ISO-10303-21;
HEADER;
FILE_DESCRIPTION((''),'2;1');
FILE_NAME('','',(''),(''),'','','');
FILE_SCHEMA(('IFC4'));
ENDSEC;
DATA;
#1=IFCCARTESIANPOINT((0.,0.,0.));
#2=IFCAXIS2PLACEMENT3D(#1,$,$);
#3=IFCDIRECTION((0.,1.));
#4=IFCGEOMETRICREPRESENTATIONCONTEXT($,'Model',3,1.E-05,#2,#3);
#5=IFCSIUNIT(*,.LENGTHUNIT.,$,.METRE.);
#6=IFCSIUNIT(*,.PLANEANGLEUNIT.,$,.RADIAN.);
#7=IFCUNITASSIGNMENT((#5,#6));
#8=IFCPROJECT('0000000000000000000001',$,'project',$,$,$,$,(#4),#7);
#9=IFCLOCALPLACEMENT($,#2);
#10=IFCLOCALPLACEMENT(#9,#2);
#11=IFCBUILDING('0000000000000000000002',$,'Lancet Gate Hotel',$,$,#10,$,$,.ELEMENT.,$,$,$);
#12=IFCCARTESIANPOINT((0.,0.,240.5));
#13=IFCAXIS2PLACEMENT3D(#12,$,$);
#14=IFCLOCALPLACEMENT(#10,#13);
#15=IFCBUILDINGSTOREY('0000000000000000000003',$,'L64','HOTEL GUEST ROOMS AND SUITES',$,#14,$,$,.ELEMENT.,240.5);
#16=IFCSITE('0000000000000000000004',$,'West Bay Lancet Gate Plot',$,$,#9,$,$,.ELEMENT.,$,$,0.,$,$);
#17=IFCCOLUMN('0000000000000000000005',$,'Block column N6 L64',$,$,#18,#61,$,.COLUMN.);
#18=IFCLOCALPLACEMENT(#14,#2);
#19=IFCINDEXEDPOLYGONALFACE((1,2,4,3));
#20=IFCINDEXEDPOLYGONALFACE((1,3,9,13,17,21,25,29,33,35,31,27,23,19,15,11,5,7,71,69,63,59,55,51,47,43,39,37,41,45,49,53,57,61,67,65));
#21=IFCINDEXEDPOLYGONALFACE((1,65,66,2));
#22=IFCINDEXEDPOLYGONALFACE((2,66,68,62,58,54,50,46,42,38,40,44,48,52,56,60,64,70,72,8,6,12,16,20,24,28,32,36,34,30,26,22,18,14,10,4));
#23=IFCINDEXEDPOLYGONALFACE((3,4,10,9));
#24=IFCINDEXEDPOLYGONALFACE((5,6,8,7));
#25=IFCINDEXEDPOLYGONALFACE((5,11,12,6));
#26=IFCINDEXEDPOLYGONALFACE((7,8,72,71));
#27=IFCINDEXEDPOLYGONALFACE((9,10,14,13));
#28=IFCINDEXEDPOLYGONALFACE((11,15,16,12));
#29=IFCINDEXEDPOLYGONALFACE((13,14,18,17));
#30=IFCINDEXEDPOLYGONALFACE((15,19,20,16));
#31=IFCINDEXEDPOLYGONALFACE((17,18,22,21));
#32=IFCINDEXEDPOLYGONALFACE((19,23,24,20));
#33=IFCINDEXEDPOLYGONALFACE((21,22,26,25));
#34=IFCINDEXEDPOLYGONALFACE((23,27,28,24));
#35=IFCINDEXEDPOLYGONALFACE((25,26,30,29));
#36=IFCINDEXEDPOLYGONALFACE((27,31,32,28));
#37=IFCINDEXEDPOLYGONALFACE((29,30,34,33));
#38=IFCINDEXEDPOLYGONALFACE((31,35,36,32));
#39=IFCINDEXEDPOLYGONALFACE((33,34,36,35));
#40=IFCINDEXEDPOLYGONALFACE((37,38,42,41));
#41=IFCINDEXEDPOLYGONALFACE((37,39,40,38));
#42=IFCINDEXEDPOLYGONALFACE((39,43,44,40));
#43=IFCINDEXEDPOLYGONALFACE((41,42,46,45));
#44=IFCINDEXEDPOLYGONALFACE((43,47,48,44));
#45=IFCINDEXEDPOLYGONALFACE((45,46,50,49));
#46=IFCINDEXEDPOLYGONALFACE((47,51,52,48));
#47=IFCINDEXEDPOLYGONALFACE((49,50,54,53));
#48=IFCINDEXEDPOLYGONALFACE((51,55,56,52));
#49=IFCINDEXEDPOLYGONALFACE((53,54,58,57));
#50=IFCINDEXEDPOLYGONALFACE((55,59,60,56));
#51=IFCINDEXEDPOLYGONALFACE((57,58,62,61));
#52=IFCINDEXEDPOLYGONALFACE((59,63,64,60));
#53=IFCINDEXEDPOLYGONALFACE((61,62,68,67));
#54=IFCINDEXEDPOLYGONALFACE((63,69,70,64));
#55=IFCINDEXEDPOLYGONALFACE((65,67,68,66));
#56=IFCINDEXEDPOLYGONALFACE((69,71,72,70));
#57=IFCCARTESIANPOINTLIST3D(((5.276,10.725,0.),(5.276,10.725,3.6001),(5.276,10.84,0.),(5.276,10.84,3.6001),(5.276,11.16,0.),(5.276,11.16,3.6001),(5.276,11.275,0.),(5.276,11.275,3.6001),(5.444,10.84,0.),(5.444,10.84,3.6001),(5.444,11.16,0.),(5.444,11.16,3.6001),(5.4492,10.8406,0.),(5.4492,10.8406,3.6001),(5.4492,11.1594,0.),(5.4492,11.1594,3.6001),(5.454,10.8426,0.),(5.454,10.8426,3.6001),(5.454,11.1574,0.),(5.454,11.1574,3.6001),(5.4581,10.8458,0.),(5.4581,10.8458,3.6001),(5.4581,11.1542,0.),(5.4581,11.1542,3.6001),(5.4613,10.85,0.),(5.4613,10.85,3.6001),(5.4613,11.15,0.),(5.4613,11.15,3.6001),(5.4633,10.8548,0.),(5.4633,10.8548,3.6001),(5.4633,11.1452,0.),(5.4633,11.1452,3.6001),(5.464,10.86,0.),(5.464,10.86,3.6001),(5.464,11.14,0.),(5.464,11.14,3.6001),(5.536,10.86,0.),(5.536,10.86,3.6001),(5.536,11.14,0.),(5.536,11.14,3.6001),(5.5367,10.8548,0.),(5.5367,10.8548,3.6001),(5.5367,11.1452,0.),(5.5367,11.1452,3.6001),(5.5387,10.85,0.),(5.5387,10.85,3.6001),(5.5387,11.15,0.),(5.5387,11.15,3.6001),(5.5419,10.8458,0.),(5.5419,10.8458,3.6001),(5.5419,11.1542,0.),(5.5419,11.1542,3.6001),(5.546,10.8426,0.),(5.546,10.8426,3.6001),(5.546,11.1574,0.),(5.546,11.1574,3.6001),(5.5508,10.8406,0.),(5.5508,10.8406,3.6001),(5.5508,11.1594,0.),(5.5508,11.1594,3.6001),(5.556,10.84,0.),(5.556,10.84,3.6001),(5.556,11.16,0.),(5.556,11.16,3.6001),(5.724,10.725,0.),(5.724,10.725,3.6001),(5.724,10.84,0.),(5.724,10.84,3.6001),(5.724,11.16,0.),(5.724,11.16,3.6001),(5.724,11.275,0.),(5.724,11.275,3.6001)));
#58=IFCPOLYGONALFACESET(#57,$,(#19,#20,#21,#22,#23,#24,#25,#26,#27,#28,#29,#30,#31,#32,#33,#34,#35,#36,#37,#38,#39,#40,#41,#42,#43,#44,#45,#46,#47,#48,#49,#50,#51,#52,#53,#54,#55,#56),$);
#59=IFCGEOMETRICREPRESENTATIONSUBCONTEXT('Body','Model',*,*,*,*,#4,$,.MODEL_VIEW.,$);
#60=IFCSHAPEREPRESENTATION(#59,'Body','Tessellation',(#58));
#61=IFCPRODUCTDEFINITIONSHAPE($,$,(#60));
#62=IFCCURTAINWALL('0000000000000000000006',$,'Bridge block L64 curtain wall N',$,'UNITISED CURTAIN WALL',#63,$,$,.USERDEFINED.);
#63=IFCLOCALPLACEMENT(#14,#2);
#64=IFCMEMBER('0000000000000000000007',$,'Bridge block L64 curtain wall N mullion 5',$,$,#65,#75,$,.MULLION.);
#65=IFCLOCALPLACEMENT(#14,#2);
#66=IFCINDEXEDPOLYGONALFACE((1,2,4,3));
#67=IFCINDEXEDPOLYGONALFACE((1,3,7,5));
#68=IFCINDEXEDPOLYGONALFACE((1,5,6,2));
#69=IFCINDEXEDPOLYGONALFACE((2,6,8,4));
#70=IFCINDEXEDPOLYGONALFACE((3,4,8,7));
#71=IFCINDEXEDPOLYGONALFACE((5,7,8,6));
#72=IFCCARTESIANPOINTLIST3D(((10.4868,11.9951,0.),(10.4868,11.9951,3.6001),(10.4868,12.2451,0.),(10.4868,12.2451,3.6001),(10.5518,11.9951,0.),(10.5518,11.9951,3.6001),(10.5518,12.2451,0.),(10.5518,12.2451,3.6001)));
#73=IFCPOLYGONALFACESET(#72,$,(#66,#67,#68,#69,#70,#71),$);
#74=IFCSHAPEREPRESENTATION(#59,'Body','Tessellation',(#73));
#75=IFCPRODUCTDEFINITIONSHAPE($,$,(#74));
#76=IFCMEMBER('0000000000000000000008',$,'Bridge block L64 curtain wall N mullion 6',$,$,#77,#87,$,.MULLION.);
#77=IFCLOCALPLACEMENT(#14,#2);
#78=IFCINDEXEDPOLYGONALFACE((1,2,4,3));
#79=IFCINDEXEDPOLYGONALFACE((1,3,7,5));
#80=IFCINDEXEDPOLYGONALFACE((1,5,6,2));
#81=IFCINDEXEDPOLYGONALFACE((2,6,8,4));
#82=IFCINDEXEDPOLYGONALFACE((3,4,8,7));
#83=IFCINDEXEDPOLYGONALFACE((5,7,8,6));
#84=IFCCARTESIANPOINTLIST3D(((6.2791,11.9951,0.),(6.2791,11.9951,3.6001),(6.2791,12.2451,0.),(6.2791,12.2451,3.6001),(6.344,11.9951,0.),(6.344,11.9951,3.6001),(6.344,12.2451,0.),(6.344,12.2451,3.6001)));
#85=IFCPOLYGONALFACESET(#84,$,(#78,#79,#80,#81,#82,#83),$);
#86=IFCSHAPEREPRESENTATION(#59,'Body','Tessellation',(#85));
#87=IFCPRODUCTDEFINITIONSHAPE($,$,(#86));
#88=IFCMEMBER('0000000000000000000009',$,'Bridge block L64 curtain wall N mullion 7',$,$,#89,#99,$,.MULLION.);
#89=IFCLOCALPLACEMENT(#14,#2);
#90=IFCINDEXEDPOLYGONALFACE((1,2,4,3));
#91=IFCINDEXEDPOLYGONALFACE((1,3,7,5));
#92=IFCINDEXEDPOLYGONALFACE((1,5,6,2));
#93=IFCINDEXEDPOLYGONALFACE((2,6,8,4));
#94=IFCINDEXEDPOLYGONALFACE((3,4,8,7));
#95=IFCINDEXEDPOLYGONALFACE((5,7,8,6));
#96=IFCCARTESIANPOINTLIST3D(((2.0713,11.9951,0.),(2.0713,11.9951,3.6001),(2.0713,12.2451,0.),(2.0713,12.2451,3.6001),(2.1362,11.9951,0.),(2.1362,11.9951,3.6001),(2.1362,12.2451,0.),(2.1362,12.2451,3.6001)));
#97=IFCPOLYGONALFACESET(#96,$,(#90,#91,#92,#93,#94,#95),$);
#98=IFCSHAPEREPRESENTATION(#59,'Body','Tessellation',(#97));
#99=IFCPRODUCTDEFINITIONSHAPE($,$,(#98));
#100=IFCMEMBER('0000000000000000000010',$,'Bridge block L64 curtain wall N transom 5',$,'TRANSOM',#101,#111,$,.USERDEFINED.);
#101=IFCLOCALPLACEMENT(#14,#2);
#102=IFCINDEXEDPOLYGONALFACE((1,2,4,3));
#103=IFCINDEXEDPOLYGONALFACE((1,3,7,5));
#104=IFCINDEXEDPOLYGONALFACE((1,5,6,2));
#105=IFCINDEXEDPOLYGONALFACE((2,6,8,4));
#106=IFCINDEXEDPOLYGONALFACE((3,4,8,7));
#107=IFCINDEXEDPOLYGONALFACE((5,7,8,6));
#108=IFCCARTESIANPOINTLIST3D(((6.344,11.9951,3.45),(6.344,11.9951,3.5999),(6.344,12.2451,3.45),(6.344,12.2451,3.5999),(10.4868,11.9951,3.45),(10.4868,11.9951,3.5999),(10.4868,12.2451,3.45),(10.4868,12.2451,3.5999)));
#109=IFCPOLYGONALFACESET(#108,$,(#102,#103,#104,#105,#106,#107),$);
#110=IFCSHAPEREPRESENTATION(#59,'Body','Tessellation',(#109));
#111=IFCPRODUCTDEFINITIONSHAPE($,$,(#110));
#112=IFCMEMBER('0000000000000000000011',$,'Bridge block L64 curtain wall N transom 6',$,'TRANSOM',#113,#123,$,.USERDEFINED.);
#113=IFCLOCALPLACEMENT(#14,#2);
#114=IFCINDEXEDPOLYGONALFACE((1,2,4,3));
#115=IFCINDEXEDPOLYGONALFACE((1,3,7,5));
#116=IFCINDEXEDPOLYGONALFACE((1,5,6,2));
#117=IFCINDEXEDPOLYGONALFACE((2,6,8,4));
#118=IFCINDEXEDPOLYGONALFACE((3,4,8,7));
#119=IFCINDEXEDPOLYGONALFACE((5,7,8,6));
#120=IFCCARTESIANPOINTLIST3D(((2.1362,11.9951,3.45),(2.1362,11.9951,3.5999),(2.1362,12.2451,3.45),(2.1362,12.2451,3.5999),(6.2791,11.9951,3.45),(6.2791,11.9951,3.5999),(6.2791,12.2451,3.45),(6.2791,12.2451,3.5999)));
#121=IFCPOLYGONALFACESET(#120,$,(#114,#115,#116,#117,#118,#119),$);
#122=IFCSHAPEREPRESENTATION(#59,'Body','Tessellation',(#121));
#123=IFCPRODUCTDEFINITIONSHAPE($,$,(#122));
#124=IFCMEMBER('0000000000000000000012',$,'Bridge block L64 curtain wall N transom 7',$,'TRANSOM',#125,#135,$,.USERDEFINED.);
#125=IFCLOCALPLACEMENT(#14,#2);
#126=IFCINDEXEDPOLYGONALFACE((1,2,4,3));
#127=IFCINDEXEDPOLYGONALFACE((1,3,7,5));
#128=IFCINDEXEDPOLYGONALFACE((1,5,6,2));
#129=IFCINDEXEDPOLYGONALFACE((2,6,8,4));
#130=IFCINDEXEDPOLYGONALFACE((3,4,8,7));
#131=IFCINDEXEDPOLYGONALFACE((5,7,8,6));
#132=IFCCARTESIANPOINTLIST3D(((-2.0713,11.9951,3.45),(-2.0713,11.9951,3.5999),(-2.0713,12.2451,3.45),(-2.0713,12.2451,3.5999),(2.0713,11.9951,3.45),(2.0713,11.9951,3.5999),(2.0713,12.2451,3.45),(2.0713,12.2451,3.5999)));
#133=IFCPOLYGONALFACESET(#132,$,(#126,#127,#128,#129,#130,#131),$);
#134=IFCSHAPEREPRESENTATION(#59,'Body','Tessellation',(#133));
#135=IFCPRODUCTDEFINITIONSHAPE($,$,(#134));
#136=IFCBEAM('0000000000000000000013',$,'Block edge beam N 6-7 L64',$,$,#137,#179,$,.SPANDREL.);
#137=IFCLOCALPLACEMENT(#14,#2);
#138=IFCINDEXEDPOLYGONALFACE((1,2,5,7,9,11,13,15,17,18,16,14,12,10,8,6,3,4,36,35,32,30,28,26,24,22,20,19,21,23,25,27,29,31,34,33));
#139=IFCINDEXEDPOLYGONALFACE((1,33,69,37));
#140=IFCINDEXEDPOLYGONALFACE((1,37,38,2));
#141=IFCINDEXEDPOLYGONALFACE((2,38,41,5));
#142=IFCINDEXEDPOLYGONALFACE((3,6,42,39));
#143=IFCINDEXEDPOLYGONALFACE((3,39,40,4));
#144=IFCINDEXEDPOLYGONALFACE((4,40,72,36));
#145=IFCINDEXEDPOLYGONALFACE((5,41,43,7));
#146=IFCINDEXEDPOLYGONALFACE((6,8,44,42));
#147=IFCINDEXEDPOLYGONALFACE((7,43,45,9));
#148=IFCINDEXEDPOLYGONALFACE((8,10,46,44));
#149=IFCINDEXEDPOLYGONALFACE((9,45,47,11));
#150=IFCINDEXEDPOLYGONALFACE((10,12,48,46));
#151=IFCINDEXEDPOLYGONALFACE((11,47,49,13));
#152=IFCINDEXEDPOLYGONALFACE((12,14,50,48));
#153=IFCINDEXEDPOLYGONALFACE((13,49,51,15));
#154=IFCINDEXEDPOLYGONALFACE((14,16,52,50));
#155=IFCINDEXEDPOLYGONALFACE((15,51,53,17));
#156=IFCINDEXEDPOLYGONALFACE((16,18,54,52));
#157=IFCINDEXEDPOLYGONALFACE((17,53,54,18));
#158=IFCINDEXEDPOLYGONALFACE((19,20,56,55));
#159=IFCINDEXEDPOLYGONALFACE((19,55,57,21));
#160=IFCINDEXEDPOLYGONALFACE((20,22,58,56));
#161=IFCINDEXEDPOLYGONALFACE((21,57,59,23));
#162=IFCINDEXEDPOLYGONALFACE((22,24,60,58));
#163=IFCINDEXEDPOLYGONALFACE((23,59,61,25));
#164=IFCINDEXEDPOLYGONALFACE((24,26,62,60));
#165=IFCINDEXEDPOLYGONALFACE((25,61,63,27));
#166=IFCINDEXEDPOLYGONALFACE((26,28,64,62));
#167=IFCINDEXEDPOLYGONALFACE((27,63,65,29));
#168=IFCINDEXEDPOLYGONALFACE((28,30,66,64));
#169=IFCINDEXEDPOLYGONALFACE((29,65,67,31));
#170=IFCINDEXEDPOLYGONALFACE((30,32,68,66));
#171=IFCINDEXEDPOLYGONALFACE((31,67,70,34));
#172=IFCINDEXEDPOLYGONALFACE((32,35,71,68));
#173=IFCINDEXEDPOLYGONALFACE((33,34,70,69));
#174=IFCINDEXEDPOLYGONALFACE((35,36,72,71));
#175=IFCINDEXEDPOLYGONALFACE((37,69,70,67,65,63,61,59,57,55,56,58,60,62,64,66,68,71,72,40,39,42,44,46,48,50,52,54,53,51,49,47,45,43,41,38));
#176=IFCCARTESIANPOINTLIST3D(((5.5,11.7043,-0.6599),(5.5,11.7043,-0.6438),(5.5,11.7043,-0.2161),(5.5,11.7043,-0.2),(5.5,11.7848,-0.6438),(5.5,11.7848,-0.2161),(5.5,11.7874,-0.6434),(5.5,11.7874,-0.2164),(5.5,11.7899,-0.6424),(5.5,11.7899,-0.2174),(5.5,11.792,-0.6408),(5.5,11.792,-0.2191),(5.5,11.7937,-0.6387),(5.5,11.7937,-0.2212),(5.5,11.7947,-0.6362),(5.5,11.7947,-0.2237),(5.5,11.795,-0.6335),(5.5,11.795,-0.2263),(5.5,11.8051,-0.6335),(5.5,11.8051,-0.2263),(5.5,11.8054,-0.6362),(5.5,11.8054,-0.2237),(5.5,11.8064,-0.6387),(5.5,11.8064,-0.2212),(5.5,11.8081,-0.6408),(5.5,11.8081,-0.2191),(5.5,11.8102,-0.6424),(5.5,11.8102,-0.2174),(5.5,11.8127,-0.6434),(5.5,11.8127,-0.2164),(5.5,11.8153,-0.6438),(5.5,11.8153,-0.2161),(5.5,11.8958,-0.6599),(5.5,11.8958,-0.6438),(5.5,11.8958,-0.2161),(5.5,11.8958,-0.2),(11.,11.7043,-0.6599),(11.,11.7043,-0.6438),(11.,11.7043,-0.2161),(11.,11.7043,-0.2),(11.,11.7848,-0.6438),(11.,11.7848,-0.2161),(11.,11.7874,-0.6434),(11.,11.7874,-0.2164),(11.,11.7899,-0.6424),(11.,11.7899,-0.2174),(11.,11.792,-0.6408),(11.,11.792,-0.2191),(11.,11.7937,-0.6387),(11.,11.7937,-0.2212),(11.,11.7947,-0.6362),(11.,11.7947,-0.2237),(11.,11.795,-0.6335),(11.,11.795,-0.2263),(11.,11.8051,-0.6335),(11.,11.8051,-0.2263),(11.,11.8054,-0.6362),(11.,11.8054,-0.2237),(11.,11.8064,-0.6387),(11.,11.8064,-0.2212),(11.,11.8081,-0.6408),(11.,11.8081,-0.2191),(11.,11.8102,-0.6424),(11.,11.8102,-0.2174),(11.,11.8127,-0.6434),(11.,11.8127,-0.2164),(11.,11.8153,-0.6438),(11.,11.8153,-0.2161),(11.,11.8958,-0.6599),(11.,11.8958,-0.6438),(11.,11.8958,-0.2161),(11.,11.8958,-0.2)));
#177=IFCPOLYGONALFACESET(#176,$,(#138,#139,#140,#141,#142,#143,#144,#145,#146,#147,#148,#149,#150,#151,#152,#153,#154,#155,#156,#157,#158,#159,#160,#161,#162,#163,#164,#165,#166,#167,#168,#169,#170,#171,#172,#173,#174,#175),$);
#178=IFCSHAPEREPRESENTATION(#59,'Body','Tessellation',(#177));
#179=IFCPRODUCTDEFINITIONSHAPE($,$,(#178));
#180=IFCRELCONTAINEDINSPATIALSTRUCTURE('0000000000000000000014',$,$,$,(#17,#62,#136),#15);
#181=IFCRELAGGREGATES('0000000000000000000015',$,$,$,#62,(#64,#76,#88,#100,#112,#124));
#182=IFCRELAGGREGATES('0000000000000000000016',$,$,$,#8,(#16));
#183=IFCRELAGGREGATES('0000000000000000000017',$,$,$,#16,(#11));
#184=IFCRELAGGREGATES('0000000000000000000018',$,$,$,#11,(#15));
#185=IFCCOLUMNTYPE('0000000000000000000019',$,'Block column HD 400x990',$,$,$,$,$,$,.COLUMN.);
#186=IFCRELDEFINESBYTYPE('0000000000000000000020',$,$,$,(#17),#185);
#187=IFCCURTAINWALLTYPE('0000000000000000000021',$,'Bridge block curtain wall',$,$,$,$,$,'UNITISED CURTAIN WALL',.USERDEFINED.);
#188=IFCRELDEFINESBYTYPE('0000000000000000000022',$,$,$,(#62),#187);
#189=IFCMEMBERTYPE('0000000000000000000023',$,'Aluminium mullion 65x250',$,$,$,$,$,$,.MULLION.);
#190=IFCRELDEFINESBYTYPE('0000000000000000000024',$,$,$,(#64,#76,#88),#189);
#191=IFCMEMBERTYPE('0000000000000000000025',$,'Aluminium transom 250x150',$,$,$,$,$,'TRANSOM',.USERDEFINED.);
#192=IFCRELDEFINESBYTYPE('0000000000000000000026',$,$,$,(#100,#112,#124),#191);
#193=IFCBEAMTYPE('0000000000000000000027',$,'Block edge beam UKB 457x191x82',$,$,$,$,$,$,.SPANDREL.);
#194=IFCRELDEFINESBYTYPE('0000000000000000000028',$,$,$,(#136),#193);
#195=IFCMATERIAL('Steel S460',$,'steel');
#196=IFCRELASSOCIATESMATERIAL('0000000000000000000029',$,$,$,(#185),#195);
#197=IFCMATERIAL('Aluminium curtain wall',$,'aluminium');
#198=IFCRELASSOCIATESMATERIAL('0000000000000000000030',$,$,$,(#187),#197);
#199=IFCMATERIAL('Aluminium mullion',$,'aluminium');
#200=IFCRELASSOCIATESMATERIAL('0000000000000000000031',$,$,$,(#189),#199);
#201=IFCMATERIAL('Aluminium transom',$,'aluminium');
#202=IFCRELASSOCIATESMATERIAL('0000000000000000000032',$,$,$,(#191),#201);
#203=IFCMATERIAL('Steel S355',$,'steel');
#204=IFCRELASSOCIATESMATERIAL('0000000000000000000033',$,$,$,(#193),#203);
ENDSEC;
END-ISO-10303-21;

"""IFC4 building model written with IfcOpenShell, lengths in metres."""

from ifc_helpers import new_model, si_unit, direction, frame, origin, origin_2d, place, context, subcontext, project, spatial, rectangle, i_section, extrude, material, material_profile, profile_set, type_object, element, aggregate, save


model = new_model("IFC4")

# Units and contexts
model_context = context("Model", 3, precision=1e-05, world=origin(), true_north=direction((0.0, 1.0)))
body_context = subcontext(model_context, "Body", "Model", "MODEL_VIEW")
ifc_project = project(units=[si_unit("LENGTHUNIT", "METRE"), si_unit("PLANEANGLEUNIT", "RADIAN")], contexts=[model_context])

# Site, building, storey
site_placement = place(None, origin())
site = spatial("IfcSite", under=ifc_project, at=site_placement, Name="West Bay Lancet Gate Plot", CompositionType="ELEMENT", RefElevation=0.0)
building_placement = place(site_placement, origin())
building = spatial("IfcBuilding", under=site, at=building_placement, Name="Lancet Gate Hotel", CompositionType="ELEMENT")
storey_placement = place(building_placement, frame((0.0, 0.0, 240.5)))
storey = spatial("IfcBuildingStorey", under=building, at=storey_placement, Name="L64", Description="HOTEL GUEST ROOMS AND SUITES", CompositionType="ELEMENT", Elevation=240.5)

# Column
ifc_material_1 = material(Name="Steel S460", Category="steel")
ifc_material_profile_1 = material_profile(ifc_material_1, i_section(OverallWidth=0.448, OverallDepth=0.55, WebThickness=0.072, FlangeThickness=0.115, FilletRadius=0.02, at=origin_2d()), Name="HD 400x990")
ifc_profile_set_1 = profile_set([ifc_material_profile_1], Name="Steel S460")
column_type = type_object("IfcColumnType", Name="Block column HD 400x990", PredefinedType="COLUMN", material=ifc_profile_set_1)
column_placement = place(storey_placement, frame((5.5, 11.0, 0.0), z_axis=(0.0, 0.0, 1.0), x_axis=(1.0, 0.0, 0.0)))
element("IfcColumn", 1, at=column_placement, inside=storey, type_object=column_type, Name="Block column N6 L64", PredefinedType="COLUMN", context=body_context, shape_type="SweptSolid", body=[
    extrude(i_section(OverallWidth=0.448, OverallDepth=0.55, WebThickness=0.072, FlangeThickness=0.115, FilletRadius=0.02, at=origin_2d()), origin(), (0.0, 0.0, 1.0), 3.6001),
])

# Curtain wall, members
ifc_material_2 = material(Name="Aluminium curtain wall", Category="aluminium")
curtain_wall_type = type_object("IfcCurtainWallType", Name="Bridge block curtain wall", ElementType="UNITISED CURTAIN WALL", PredefinedType="USERDEFINED", material=ifc_material_2)
curtain_wall_placement = place(storey_placement, origin())
curtain_wall = element("IfcCurtainWall", 2, at=curtain_wall_placement, inside=storey, type_object=curtain_wall_type, Name="Bridge block L64 curtain wall N", ObjectType="UNITISED CURTAIN WALL", PredefinedType="USERDEFINED")
ifc_material_3 = material(Name="Aluminium mullion", Category="aluminium")
ifc_material_profile_2 = material_profile(ifc_material_3, rectangle(XDim=0.0649, YDim=0.25, at=origin_2d()), Name="MULLION 65x250")
ifc_profile_set_2 = profile_set([ifc_material_profile_2], Name="Aluminium mullion")
member_type_1 = type_object("IfcMemberType", Name="Aluminium mullion 65x250", PredefinedType="MULLION", material=ifc_profile_set_2)
member_1_placement = place(storey_placement, frame((10.5193, 12.1201, 0.0), z_axis=(0.0, 0.0, 1.0), x_axis=(-1.0, 0.0, 0.0)))
member_1 = element("IfcMember", 3, at=member_1_placement, type_object=member_type_1, Name="Bridge block L64 curtain wall N mullion 5", PredefinedType="MULLION", context=body_context, shape_type="SweptSolid", body=[
    extrude(rectangle(XDim=0.0649, YDim=0.25, at=origin_2d()), origin(), (0.0, 0.0, 1.0), 3.6001),
])
member_2_placement = place(storey_placement, frame((6.3115, 12.1201, 0.0), z_axis=(0.0, 0.0, 1.0), x_axis=(-1.0, 0.0, 0.0)))
member_2 = element("IfcMember", 4, at=member_2_placement, type_object=member_type_1, Name="Bridge block L64 curtain wall N mullion 6", PredefinedType="MULLION", context=body_context, shape_type="SweptSolid", body=[
    extrude(rectangle(XDim=0.0649, YDim=0.25, at=origin_2d()), origin(), (0.0, 0.0, 1.0), 3.6001),
])
member_3_placement = place(storey_placement, frame((2.1038, 12.1201, 0.0), z_axis=(0.0, 0.0, 1.0), x_axis=(-1.0, 0.0, 0.0)))
member_3 = element("IfcMember", 5, at=member_3_placement, type_object=member_type_1, Name="Bridge block L64 curtain wall N mullion 7", PredefinedType="MULLION", context=body_context, shape_type="SweptSolid", body=[
    extrude(rectangle(XDim=0.0649, YDim=0.25, at=origin_2d()), origin(), (0.0, 0.0, 1.0), 3.6001),
])
ifc_material_4 = material(Name="Aluminium transom", Category="aluminium")
ifc_material_profile_3 = material_profile(ifc_material_4, rectangle(XDim=0.25, YDim=0.1499, at=origin_2d()), Name="TRANSOM 250x150")
ifc_profile_set_3 = profile_set([ifc_material_profile_3], Name="Aluminium transom")
member_type_2 = type_object("IfcMemberType", Name="Aluminium transom 250x150", ElementType="TRANSOM", PredefinedType="USERDEFINED", material=ifc_profile_set_3)
member_4_placement = place(storey_placement, frame((10.4868, 12.1201, 3.5249), z_axis=(-1.0, 0.0, 0.0), x_axis=(0.0, -1.0, 0.0)))
member_4 = element("IfcMember", 6, at=member_4_placement, type_object=member_type_2, Name="Bridge block L64 curtain wall N transom 5", ObjectType="TRANSOM", PredefinedType="USERDEFINED", context=body_context, shape_type="SweptSolid", body=[
    extrude(rectangle(XDim=0.25, YDim=0.1499, at=origin_2d()), origin(), (0.0, 0.0, 1.0), 4.1428),
])
member_5_placement = place(storey_placement, frame((6.2791, 12.1201, 3.5249), z_axis=(-1.0, 0.0, 0.0), x_axis=(0.0, -1.0, 0.0)))
member_5 = element("IfcMember", 7, at=member_5_placement, type_object=member_type_2, Name="Bridge block L64 curtain wall N transom 6", ObjectType="TRANSOM", PredefinedType="USERDEFINED", context=body_context, shape_type="SweptSolid", body=[
    extrude(rectangle(XDim=0.25, YDim=0.1499, at=origin_2d()), origin(), (0.0, 0.0, 1.0), 4.1428),
])
member_6_placement = place(storey_placement, frame((2.0713, 12.1201, 3.5249), z_axis=(-1.0, 0.0, 0.0), x_axis=(0.0, -1.0, 0.0)))
member_6 = element("IfcMember", 8, at=member_6_placement, type_object=member_type_2, Name="Bridge block L64 curtain wall N transom 7", ObjectType="TRANSOM", PredefinedType="USERDEFINED", context=body_context, shape_type="SweptSolid", body=[
    extrude(rectangle(XDim=0.25, YDim=0.1499, at=origin_2d()), origin(), (0.0, 0.0, 1.0), 4.1426),
])

# Beam
ifc_material_5 = material(Name="Steel S355", Category="steel")
ifc_material_profile_4 = material_profile(ifc_material_5, i_section(OverallWidth=0.1914, OverallDepth=0.46, WebThickness=0.01, FlangeThickness=0.0161, FilletRadius=0.0103, at=origin_2d()), Name="UKB 457x191x82")
ifc_profile_set_4 = profile_set([ifc_material_profile_4], Name="Steel S355")
beam_type_1 = type_object("IfcBeamType", Name="Block edge beam UKB 457x191x82", PredefinedType="SPANDREL", material=ifc_profile_set_4)
beam_placement = place(storey_placement, frame((5.5, 11.8, -0.4299), z_axis=(1.0, 0.0, 0.0), x_axis=(0.0, 1.0, 0.0)))
element("IfcBeam", 9, at=beam_placement, inside=storey, type_object=beam_type_1, Name="Block edge beam N 6-7 L64", PredefinedType="SPANDREL", context=body_context, shape_type="SweptSolid", body=[
    extrude(i_section(OverallWidth=0.1914, OverallDepth=0.46, WebThickness=0.01, FlangeThickness=0.0161, FilletRadius=0.0103, at=origin_2d()), origin(), (0.0, 0.0, 1.0), 5.5),
])

aggregate(curtain_wall, [member_1, member_2, member_3, member_4, member_5, member_6])

save(model, "model.ifc")
